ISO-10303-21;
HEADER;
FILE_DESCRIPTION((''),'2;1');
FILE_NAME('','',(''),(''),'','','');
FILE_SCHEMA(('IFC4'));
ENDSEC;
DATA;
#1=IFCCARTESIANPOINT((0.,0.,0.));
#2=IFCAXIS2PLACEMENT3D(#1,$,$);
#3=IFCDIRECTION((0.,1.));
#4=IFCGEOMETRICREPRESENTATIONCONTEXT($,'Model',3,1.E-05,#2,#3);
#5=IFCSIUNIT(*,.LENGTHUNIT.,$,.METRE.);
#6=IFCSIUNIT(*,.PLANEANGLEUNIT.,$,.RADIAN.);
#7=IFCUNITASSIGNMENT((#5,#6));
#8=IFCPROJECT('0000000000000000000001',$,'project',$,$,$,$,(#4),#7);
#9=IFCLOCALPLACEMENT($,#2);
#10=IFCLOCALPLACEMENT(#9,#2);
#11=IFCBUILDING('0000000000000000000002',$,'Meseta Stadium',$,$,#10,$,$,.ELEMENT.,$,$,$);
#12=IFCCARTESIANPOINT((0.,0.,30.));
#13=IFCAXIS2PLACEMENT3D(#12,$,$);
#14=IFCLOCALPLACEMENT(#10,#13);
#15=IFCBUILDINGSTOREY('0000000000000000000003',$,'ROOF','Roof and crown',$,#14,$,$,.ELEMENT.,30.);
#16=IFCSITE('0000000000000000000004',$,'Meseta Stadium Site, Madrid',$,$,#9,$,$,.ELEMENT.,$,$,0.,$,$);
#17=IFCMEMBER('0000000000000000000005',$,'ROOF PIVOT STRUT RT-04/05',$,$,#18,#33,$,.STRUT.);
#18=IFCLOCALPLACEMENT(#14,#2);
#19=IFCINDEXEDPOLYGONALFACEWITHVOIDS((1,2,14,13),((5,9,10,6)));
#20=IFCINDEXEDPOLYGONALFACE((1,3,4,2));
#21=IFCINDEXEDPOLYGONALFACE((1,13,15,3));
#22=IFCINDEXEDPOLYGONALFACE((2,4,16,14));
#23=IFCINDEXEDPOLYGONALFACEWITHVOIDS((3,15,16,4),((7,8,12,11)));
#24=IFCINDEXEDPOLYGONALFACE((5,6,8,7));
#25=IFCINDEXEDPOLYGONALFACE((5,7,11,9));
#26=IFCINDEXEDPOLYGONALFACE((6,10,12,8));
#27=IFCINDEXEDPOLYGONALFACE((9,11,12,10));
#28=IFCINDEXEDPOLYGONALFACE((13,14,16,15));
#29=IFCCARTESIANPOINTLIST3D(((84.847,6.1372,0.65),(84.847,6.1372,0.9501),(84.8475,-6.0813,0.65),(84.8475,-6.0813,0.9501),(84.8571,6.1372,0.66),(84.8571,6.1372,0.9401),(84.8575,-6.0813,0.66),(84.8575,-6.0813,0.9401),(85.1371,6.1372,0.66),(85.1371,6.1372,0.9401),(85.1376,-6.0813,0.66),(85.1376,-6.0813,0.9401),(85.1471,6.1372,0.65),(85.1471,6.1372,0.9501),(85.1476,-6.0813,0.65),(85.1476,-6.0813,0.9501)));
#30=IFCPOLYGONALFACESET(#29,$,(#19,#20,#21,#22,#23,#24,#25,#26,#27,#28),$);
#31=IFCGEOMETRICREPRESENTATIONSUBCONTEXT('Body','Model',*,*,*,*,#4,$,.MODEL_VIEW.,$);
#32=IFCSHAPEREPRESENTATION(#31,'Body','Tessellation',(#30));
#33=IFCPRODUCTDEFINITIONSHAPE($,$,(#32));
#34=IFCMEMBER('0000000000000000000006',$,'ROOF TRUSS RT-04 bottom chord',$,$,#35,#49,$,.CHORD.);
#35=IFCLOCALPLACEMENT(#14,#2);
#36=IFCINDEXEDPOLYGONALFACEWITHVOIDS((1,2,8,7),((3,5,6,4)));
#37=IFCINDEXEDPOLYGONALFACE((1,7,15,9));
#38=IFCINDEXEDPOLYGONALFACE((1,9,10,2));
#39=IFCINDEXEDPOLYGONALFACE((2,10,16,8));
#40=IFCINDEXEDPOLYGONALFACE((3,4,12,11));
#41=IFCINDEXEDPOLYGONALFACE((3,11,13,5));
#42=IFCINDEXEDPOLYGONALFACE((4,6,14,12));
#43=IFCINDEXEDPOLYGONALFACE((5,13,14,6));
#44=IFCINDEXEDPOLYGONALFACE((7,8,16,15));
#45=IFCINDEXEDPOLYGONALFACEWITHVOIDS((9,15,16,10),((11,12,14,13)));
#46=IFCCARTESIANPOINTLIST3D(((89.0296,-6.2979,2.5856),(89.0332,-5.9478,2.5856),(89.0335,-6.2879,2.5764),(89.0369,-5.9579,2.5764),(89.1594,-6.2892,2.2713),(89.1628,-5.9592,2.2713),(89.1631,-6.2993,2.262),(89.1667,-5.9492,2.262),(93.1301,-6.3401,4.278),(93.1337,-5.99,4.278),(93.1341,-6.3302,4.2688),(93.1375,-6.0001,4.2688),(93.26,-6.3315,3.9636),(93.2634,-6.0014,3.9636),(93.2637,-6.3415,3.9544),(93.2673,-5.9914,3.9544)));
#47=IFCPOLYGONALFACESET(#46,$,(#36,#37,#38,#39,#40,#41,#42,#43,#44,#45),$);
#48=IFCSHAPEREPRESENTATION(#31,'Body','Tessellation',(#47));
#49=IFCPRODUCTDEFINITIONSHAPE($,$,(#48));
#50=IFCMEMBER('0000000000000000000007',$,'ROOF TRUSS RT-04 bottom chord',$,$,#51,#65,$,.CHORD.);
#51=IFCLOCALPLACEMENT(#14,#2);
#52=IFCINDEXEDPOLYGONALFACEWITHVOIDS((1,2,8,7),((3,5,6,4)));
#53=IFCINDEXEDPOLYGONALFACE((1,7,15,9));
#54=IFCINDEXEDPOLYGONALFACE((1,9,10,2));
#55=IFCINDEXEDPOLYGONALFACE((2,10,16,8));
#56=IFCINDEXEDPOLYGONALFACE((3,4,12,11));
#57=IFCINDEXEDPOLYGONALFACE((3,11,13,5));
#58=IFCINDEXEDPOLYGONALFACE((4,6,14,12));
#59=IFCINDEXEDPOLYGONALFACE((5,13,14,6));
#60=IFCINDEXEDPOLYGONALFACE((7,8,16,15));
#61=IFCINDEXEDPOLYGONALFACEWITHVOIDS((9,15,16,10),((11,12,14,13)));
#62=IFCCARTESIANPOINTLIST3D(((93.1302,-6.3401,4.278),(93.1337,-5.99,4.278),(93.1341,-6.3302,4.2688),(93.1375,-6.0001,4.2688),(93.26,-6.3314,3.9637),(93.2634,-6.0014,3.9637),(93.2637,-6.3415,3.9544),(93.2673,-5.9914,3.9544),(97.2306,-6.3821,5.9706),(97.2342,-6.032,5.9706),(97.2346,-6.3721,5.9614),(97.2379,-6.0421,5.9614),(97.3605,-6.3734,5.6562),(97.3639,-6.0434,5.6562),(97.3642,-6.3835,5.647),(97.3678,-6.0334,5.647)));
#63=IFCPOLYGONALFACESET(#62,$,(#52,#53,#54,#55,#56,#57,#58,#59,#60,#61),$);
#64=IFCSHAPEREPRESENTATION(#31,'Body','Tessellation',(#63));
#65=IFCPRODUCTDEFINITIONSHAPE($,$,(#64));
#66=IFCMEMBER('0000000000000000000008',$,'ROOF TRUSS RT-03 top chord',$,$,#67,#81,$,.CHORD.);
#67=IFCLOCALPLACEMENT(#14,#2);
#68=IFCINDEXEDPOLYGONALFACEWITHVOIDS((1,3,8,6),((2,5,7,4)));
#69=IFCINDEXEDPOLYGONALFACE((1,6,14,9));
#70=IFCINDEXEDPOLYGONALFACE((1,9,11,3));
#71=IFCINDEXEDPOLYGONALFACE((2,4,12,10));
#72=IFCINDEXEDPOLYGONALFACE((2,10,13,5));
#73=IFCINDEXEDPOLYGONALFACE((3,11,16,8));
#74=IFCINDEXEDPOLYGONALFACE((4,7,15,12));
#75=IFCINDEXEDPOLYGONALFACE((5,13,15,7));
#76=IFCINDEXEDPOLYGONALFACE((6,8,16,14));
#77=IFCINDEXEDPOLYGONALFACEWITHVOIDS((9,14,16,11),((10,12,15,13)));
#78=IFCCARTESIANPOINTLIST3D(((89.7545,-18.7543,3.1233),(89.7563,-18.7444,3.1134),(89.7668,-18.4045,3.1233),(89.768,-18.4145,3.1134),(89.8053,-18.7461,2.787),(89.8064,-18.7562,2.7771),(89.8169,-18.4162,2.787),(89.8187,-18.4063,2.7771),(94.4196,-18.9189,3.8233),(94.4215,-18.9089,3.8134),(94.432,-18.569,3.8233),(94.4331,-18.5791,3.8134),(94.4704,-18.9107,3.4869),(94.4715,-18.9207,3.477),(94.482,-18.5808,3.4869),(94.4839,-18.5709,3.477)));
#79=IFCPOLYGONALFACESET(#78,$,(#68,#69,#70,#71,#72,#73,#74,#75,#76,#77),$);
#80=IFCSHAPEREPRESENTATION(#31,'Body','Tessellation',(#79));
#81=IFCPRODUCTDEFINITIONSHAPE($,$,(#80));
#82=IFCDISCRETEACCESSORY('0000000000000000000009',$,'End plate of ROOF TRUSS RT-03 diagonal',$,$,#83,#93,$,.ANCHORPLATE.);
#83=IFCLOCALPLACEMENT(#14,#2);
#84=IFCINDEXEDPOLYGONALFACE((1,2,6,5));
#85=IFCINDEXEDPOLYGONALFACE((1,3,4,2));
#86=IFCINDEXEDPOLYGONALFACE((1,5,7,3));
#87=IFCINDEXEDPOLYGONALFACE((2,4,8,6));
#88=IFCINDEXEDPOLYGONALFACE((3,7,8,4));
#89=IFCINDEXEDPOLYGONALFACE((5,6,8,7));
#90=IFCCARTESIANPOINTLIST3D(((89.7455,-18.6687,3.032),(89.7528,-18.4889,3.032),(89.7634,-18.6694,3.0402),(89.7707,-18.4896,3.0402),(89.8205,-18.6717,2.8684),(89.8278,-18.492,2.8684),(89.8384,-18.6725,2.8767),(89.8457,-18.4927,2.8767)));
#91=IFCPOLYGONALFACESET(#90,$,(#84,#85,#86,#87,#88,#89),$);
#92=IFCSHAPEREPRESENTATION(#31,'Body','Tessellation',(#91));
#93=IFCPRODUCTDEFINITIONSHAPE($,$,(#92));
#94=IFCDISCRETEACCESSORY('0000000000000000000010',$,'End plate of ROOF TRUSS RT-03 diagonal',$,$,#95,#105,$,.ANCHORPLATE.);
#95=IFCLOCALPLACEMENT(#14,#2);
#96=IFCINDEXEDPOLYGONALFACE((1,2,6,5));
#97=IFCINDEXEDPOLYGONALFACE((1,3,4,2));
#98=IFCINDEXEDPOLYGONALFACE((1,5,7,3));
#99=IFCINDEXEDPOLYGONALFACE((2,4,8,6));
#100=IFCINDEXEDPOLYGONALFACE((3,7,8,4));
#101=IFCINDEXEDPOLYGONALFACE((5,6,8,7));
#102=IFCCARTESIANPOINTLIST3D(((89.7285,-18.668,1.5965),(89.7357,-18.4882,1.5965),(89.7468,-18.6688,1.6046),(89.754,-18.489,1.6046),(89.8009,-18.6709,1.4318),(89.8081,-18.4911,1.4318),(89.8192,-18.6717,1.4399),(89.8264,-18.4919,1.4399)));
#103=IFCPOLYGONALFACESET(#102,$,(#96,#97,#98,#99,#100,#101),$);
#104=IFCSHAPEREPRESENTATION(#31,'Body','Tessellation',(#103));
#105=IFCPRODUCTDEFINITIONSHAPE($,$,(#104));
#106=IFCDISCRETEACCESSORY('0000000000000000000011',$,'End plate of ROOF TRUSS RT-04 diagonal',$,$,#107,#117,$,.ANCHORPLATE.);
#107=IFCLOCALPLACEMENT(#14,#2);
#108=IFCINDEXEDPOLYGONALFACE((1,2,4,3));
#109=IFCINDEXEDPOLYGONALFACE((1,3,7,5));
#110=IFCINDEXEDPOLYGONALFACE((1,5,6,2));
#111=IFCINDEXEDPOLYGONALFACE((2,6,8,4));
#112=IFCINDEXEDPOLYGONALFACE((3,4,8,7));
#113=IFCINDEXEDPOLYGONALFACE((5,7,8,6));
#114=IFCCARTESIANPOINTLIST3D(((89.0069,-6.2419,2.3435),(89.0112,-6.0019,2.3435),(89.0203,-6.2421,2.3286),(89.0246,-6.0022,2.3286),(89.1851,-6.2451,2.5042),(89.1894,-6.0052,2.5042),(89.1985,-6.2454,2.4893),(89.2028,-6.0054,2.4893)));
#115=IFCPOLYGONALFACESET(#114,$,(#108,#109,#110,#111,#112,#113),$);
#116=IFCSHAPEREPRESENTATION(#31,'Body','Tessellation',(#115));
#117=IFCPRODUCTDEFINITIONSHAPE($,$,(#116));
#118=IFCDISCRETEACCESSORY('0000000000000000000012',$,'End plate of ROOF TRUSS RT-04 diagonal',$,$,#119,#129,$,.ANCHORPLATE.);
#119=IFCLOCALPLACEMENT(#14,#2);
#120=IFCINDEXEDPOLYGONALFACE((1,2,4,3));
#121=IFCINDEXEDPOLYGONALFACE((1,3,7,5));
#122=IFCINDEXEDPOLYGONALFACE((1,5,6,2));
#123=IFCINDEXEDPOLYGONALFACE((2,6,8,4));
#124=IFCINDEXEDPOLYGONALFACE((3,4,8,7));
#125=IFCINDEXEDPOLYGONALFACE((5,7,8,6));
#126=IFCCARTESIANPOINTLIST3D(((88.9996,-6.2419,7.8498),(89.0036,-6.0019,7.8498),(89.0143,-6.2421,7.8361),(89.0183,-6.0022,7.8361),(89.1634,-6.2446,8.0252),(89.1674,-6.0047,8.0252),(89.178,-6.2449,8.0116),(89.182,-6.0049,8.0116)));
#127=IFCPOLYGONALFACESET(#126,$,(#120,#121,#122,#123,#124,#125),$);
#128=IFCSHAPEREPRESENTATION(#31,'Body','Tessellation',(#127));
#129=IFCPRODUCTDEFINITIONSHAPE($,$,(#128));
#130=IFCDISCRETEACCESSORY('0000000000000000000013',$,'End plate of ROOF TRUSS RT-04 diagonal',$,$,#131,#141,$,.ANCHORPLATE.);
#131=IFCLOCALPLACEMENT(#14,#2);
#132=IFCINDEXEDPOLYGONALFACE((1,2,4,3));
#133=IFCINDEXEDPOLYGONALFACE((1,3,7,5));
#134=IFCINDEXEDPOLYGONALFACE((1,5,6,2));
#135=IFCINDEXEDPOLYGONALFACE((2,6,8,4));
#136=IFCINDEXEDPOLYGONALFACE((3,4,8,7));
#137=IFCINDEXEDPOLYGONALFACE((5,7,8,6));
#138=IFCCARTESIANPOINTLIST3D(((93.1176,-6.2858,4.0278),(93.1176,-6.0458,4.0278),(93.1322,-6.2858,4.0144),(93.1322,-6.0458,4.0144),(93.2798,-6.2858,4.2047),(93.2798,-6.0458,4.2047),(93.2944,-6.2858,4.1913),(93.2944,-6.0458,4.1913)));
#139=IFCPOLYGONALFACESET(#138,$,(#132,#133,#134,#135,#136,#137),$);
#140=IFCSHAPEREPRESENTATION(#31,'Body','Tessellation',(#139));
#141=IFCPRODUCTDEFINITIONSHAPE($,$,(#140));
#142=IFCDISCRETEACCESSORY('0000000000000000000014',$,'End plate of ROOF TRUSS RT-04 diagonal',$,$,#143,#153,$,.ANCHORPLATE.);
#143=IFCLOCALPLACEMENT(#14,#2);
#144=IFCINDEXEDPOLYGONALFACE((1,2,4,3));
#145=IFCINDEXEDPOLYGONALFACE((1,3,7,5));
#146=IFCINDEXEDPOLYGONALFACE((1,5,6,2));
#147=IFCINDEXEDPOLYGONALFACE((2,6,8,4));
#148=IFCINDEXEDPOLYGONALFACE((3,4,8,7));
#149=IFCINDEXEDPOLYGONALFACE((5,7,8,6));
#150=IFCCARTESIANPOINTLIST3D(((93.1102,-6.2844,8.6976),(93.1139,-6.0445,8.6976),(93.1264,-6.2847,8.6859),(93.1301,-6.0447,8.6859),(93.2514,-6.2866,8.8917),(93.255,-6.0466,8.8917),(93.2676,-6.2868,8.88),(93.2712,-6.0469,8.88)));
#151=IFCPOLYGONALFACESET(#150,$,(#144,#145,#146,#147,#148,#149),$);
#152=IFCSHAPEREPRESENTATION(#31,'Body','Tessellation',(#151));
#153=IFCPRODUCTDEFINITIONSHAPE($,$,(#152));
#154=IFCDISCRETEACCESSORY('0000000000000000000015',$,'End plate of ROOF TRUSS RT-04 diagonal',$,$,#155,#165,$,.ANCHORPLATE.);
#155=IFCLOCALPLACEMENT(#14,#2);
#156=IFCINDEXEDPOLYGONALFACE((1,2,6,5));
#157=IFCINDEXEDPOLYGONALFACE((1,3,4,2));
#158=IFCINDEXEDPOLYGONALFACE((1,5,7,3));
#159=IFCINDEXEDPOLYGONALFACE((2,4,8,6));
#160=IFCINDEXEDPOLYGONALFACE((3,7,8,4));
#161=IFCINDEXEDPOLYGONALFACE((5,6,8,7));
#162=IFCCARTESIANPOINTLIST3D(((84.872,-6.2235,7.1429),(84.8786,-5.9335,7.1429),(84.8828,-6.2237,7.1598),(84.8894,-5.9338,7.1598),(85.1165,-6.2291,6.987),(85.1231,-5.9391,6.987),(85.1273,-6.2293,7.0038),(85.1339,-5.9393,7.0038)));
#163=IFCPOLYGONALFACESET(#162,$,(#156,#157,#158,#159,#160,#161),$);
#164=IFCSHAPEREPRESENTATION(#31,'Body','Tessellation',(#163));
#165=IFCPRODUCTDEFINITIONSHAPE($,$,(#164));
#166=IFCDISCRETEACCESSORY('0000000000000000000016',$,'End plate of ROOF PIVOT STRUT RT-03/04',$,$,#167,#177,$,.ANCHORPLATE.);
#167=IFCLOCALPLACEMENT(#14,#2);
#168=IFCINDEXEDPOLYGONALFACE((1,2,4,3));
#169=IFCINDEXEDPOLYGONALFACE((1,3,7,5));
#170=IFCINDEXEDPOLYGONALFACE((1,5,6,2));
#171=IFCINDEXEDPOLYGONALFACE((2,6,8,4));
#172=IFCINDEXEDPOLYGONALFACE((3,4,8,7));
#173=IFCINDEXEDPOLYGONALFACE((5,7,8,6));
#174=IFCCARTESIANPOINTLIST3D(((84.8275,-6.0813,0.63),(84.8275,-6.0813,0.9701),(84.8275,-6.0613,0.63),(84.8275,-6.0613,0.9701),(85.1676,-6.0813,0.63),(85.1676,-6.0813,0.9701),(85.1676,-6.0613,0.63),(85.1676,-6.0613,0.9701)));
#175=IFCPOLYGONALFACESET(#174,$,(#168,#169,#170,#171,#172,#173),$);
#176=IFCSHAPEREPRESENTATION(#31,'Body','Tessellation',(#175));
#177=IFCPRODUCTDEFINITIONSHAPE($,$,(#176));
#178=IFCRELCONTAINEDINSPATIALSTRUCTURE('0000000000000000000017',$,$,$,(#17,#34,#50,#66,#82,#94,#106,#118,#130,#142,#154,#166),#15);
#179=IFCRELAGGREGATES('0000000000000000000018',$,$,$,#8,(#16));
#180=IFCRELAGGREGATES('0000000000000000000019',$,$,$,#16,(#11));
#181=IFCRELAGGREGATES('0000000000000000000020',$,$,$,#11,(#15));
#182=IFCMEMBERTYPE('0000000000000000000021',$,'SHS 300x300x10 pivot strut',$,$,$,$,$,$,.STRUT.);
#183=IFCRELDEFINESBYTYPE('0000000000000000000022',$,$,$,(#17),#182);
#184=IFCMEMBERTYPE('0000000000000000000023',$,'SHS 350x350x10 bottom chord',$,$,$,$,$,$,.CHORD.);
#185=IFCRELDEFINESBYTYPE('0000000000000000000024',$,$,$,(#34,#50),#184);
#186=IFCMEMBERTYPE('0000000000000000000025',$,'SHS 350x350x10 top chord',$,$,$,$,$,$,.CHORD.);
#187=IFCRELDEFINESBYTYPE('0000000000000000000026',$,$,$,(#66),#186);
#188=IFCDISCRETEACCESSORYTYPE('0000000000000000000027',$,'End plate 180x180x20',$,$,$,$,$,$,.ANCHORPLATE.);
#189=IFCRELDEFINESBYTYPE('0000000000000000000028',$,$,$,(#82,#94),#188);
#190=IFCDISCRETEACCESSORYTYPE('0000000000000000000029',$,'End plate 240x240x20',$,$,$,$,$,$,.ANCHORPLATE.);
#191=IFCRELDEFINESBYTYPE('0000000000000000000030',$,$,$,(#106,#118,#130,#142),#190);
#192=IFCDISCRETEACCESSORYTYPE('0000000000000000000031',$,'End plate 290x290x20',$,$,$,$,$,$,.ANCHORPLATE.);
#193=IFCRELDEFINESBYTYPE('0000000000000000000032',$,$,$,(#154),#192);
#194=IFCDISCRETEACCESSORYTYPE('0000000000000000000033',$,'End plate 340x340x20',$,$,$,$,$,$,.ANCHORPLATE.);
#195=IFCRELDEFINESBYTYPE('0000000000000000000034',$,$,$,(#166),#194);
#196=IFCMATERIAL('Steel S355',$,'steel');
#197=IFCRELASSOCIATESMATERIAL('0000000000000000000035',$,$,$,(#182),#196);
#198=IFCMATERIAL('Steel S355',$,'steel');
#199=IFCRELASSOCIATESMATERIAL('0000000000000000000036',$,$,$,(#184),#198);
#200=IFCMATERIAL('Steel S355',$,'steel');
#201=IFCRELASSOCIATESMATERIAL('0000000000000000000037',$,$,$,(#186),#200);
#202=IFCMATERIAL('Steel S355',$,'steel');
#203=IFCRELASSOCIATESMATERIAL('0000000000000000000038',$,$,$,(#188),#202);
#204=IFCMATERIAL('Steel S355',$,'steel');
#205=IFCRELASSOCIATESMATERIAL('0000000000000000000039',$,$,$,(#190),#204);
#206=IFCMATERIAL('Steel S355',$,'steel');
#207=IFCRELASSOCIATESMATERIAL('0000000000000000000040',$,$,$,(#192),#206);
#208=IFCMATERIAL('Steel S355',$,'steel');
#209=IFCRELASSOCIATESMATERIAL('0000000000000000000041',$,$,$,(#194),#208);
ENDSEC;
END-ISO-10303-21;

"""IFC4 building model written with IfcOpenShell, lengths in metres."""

from ifc_helpers import new_model, si_unit, direction, frame, origin, origin_2d, place, context, subcontext, project, spatial, rectangle, hollow_rectangle, extrude, material, material_profile, profile_set, type_object, element, save


model = new_model("IFC4")

# Units and contexts
model_context = context("Model", 3, precision=1e-05, world=origin(), true_north=direction((0.0, 1.0)))
body_context = subcontext(model_context, "Body", "Model", "MODEL_VIEW")
ifc_project = project(units=[si_unit("LENGTHUNIT", "METRE"), si_unit("PLANEANGLEUNIT", "RADIAN")], contexts=[model_context])

# Site, building, storey
site_placement = place(None, origin())
site = spatial("IfcSite", under=ifc_project, at=site_placement, Name="Meseta Stadium Site, Madrid", CompositionType="ELEMENT", RefElevation=0.0)
building_placement = place(site_placement, origin())
building = spatial("IfcBuilding", under=site, at=building_placement, Name="Meseta Stadium", CompositionType="ELEMENT")
storey_placement = place(building_placement, frame((0.0, 0.0, 30.0)))
storey = spatial("IfcBuildingStorey", under=building, at=storey_placement, Name="ROOF", Description="Roof and crown", CompositionType="ELEMENT", Elevation=30.0)

# Members
ifc_material_1 = material(Name="Steel S355", Category="steel")
ifc_material_profile_1 = material_profile(ifc_material_1, hollow_rectangle(XDim=0.3, YDim=0.3, WallThickness=0.01, at=origin_2d()), Name="SHS 300x300x10")
ifc_profile_set_1 = profile_set([ifc_material_profile_1], Name="Steel S355")
member_type_1 = type_object("IfcMemberType", Name="SHS 300x300x10 pivot strut", PredefinedType="STRUT", material=ifc_profile_set_1)
member_1_placement = place(storey_placement, frame((84.9976, -6.0813, 0.8), z_axis=(-0.00004, 1.0, 0.0), x_axis=(-1.0, -0.00004, 0.0)))
element("IfcMember", 1, at=member_1_placement, inside=storey, type_object=member_type_1, Name="ROOF PIVOT STRUT RT-04/05", PredefinedType="STRUT", context=body_context, shape_type="SweptSolid", body=[
    extrude(hollow_rectangle(XDim=0.3, YDim=0.3, WallThickness=0.01, at=origin_2d()), origin(), (0.0, 0.0, 1.0), 12.2185),
])
ifc_material_2 = material(Name="Steel S355", Category="steel")
ifc_material_profile_2 = material_profile(ifc_material_2, hollow_rectangle(XDim=0.3501, YDim=0.3501, WallThickness=0.01, at=origin_2d()), Name="SHS 350x350x10")
ifc_profile_set_2 = profile_set([ifc_material_profile_2], Name="Steel S355")
member_type_2 = type_object("IfcMemberType", Name="SHS 350x350x10 bottom chord", PredefinedType="CHORD", material=ifc_profile_set_2)
for number, where, z_axis, x_axis, name in (
    (2, (89.0981, -6.1235, 2.4238), (0.924326, -0.009521, 0.381485), (0.0103, 0.999947, 0.0), "ROOF TRUSS RT-04 bottom chord"),
    (3, (93.1987, -6.1658, 4.1162), (0.924307, -0.009465, 0.381533), (0.01024, 0.999948, 0.0), "ROOF TRUSS RT-04 bottom chord"),
):
    element("IfcMember", number, at=place(storey_placement, frame(where, z_axis=z_axis, x_axis=x_axis)), inside=storey, type_object=member_type_2, Name=name, PredefinedType="CHORD", context=body_context, shape_type="SweptSolid", body=[
        extrude(hollow_rectangle(XDim=0.3501, YDim=0.3501, WallThickness=0.01, at=origin_2d()), origin(), (0.0, 0.0, 1.0), 4.4363),
    ])
ifc_material_3 = material(Name="Steel S355", Category="steel")
ifc_material_profile_3 = material_profile(ifc_material_3, hollow_rectangle(XDim=0.3501, YDim=0.3501, WallThickness=0.01, at=origin_2d()), Name="SHS 350x350x10")
ifc_profile_set_3 = profile_set([ifc_material_profile_3], Name="Steel S355")
member_type_3 = type_object("IfcMemberType", Name="SHS 350x350x10 top chord", PredefinedType="CHORD", material=ifc_profile_set_3)
member_2_placement = place(storey_placement, frame((89.7866, -18.5803, 2.9502), z_axis=(0.988329, -0.034862, 0.148291), x_axis=(0.035251, 0.999378, 0.0)))
element("IfcMember", 4, at=member_2_placement, inside=storey, type_object=member_type_3, Name="ROOF TRUSS RT-03 top chord", PredefinedType="CHORD", context=body_context, shape_type="SweptSolid", body=[
    extrude(hollow_rectangle(XDim=0.3501, YDim=0.3501, WallThickness=0.01, at=origin_2d()), origin(), (0.0, 0.0, 1.0), 4.7202),
])

# Discrete accessories
ifc_material_4 = material(Name="Steel S355", Category="steel")
ifc_material_profile_4 = material_profile(ifc_material_4, rectangle(XDim=0.1799, YDim=0.1799, at=origin_2d()), Name="PL 180x180")
ifc_profile_set_4 = profile_set([ifc_material_profile_4], Name="Steel S355")
discrete_accessory_type_1 = type_object("IfcDiscreteAccessoryType", Name="End plate 180x180x20", PredefinedType="ANCHORPLATE", material=ifc_profile_set_4)
discrete_accessory_1_placement = place(storey_placement, frame((89.7866, -18.5803, 2.9502), z_axis=(0.908061, -0.036813, 0.417217), x_axis=(0.040507, 0.999179, 0.0)))
element("IfcDiscreteAccessory", 5, at=discrete_accessory_1_placement, inside=storey, type_object=discrete_accessory_type_1, Name="End plate of ROOF TRUSS RT-03 diagonal", PredefinedType="ANCHORPLATE", context=body_context, shape_type="SweptSolid", body=[
    extrude(rectangle(XDim=0.1799, YDim=0.1799, at=origin_2d()), origin(), (0.0, 0.0, 1.0), 0.0198),
])
discrete_accessory_2_placement = place(storey_placement, frame((89.7683, -18.5796, 1.5142), z_axis=(0.914702, -0.036588, 0.402469), x_axis=(0.039968, 0.999201, 0.0)))
element("IfcDiscreteAccessory", 6, at=discrete_accessory_2_placement, inside=storey, type_object=discrete_accessory_type_1, Name="End plate of ROOF TRUSS RT-03 diagonal", PredefinedType="ANCHORPLATE", context=body_context, shape_type="SweptSolid", body=[
    extrude(rectangle(XDim=0.1799, YDim=0.1799, at=origin_2d()), origin(), (0.0, 0.0, 1.0), 0.02),
])
ifc_material_5 = material(Name="Steel S355", Category="steel")
ifc_material_profile_5 = material_profile(ifc_material_5, rectangle(XDim=0.24, YDim=0.24, at=origin_2d()), Name="PL 240x240")
ifc_profile_set_5 = profile_set([ifc_material_profile_5], Name="Steel S355")
discrete_accessory_type_2 = type_object("IfcDiscreteAccessoryType", Name="End plate 240x240x20", PredefinedType="ANCHORPLATE", material=ifc_profile_set_5)
for number, where, z_axis, x_axis, name in (
    (7, (89.0981, -6.1235, 2.4238), (0.669587, -0.012174, -0.742633), (0.018179, 0.999835, 0.0), "End plate of ROOF TRUSS RT-04 diagonal"),
    (8, (89.0835, -6.1233, 7.9375), (0.731001, -0.012183, -0.682268), (0.016664, 0.999861, 0.0), "End plate of ROOF TRUSS RT-04 diagonal"),
):
    element("IfcDiscreteAccessory", number, at=place(storey_placement, frame(where, z_axis=z_axis, x_axis=x_axis)), inside=storey, type_object=discrete_accessory_type_2, Name=name, PredefinedType="ANCHORPLATE", context=body_context, shape_type="SweptSolid", body=[
        extrude(rectangle(XDim=0.24, YDim=0.24, at=origin_2d()), origin(), (0.0, 0.0, 1.0), 0.02),
    ])
discrete_accessory_3_placement = place(storey_placement, frame((93.1987, -6.1658, 4.1162), z_axis=(0.737154, 0.0, -0.675725), x_axis=(0.0, 1.0, 0.0)))
element("IfcDiscreteAccessory", 9, at=discrete_accessory_3_placement, inside=storey, type_object=discrete_accessory_type_2, Name="End plate of ROOF TRUSS RT-04 diagonal", PredefinedType="ANCHORPLATE", context=body_context, shape_type="SweptSolid", body=[
    extrude(rectangle(XDim=0.24, YDim=0.24, at=origin_2d()), origin(), (0.0, 0.0, 1.0), 0.0198),
])
discrete_accessory_4_placement = place(storey_placement, frame((93.1826, -6.1655, 8.7947), z_axis=(0.808675, -0.012253, -0.588128), x_axis=(0.01515, 0.999885, 0.0)))
element("IfcDiscreteAccessory", 10, at=discrete_accessory_4_placement, inside=storey, type_object=discrete_accessory_type_2, Name="End plate of ROOF TRUSS RT-04 diagonal", PredefinedType="ANCHORPLATE", context=body_context, shape_type="SweptSolid", body=[
    extrude(rectangle(XDim=0.24, YDim=0.24, at=origin_2d()), origin(), (0.0, 0.0, 1.0), 0.02),
])
ifc_material_6 = material(Name="Steel S355", Category="steel")
ifc_material_profile_6 = material_profile(ifc_material_6, rectangle(XDim=0.29, YDim=0.29, at=origin_2d()), Name="PL 290x290")
ifc_profile_set_6 = profile_set([ifc_material_profile_6], Name="Steel S355")
discrete_accessory_type_3 = type_object("IfcDiscreteAccessoryType", Name="End plate 290x290x20", PredefinedType="ANCHORPLATE", material=ifc_profile_set_6)
discrete_accessory_5_placement = place(storey_placement, frame((84.9976, -6.0813, 7.0649), z_axis=(0.537626, -0.012219, 0.843095), x_axis=(0.022721, 0.999742, 0.0)))
element("IfcDiscreteAccessory", 11, at=discrete_accessory_5_placement, inside=storey, type_object=discrete_accessory_type_3, Name="End plate of ROOF TRUSS RT-04 diagonal", PredefinedType="ANCHORPLATE", context=body_context, shape_type="SweptSolid", body=[
    extrude(rectangle(XDim=0.29, YDim=0.29, at=origin_2d()), origin(), (0.0, 0.0, 1.0), 0.02),
])
ifc_material_7 = material(Name="Steel S355", Category="steel")
ifc_material_profile_7 = material_profile(ifc_material_7, rectangle(XDim=0.3401, YDim=0.3401, at=origin_2d()), Name="PL 340x340")
ifc_profile_set_7 = profile_set([ifc_material_profile_7], Name="Steel S355")
discrete_accessory_type_4 = type_object("IfcDiscreteAccessoryType", Name="End plate 340x340x20", PredefinedType="ANCHORPLATE", material=ifc_profile_set_7)
discrete_accessory_6_placement = place(storey_placement, frame((84.9976, -6.0813, 0.8), z_axis=(0.0, 1.0, 0.0), x_axis=(-1.0, 0.0, 0.0)))
element("IfcDiscreteAccessory", 12, at=discrete_accessory_6_placement, inside=storey, type_object=discrete_accessory_type_4, Name="End plate of ROOF PIVOT STRUT RT-03/04", PredefinedType="ANCHORPLATE", context=body_context, shape_type="SweptSolid", body=[
    extrude(rectangle(XDim=0.3401, YDim=0.3401, at=origin_2d()), origin(), (0.0, 0.0, 1.0), 0.02),
])

save(model, "model.ifc")
